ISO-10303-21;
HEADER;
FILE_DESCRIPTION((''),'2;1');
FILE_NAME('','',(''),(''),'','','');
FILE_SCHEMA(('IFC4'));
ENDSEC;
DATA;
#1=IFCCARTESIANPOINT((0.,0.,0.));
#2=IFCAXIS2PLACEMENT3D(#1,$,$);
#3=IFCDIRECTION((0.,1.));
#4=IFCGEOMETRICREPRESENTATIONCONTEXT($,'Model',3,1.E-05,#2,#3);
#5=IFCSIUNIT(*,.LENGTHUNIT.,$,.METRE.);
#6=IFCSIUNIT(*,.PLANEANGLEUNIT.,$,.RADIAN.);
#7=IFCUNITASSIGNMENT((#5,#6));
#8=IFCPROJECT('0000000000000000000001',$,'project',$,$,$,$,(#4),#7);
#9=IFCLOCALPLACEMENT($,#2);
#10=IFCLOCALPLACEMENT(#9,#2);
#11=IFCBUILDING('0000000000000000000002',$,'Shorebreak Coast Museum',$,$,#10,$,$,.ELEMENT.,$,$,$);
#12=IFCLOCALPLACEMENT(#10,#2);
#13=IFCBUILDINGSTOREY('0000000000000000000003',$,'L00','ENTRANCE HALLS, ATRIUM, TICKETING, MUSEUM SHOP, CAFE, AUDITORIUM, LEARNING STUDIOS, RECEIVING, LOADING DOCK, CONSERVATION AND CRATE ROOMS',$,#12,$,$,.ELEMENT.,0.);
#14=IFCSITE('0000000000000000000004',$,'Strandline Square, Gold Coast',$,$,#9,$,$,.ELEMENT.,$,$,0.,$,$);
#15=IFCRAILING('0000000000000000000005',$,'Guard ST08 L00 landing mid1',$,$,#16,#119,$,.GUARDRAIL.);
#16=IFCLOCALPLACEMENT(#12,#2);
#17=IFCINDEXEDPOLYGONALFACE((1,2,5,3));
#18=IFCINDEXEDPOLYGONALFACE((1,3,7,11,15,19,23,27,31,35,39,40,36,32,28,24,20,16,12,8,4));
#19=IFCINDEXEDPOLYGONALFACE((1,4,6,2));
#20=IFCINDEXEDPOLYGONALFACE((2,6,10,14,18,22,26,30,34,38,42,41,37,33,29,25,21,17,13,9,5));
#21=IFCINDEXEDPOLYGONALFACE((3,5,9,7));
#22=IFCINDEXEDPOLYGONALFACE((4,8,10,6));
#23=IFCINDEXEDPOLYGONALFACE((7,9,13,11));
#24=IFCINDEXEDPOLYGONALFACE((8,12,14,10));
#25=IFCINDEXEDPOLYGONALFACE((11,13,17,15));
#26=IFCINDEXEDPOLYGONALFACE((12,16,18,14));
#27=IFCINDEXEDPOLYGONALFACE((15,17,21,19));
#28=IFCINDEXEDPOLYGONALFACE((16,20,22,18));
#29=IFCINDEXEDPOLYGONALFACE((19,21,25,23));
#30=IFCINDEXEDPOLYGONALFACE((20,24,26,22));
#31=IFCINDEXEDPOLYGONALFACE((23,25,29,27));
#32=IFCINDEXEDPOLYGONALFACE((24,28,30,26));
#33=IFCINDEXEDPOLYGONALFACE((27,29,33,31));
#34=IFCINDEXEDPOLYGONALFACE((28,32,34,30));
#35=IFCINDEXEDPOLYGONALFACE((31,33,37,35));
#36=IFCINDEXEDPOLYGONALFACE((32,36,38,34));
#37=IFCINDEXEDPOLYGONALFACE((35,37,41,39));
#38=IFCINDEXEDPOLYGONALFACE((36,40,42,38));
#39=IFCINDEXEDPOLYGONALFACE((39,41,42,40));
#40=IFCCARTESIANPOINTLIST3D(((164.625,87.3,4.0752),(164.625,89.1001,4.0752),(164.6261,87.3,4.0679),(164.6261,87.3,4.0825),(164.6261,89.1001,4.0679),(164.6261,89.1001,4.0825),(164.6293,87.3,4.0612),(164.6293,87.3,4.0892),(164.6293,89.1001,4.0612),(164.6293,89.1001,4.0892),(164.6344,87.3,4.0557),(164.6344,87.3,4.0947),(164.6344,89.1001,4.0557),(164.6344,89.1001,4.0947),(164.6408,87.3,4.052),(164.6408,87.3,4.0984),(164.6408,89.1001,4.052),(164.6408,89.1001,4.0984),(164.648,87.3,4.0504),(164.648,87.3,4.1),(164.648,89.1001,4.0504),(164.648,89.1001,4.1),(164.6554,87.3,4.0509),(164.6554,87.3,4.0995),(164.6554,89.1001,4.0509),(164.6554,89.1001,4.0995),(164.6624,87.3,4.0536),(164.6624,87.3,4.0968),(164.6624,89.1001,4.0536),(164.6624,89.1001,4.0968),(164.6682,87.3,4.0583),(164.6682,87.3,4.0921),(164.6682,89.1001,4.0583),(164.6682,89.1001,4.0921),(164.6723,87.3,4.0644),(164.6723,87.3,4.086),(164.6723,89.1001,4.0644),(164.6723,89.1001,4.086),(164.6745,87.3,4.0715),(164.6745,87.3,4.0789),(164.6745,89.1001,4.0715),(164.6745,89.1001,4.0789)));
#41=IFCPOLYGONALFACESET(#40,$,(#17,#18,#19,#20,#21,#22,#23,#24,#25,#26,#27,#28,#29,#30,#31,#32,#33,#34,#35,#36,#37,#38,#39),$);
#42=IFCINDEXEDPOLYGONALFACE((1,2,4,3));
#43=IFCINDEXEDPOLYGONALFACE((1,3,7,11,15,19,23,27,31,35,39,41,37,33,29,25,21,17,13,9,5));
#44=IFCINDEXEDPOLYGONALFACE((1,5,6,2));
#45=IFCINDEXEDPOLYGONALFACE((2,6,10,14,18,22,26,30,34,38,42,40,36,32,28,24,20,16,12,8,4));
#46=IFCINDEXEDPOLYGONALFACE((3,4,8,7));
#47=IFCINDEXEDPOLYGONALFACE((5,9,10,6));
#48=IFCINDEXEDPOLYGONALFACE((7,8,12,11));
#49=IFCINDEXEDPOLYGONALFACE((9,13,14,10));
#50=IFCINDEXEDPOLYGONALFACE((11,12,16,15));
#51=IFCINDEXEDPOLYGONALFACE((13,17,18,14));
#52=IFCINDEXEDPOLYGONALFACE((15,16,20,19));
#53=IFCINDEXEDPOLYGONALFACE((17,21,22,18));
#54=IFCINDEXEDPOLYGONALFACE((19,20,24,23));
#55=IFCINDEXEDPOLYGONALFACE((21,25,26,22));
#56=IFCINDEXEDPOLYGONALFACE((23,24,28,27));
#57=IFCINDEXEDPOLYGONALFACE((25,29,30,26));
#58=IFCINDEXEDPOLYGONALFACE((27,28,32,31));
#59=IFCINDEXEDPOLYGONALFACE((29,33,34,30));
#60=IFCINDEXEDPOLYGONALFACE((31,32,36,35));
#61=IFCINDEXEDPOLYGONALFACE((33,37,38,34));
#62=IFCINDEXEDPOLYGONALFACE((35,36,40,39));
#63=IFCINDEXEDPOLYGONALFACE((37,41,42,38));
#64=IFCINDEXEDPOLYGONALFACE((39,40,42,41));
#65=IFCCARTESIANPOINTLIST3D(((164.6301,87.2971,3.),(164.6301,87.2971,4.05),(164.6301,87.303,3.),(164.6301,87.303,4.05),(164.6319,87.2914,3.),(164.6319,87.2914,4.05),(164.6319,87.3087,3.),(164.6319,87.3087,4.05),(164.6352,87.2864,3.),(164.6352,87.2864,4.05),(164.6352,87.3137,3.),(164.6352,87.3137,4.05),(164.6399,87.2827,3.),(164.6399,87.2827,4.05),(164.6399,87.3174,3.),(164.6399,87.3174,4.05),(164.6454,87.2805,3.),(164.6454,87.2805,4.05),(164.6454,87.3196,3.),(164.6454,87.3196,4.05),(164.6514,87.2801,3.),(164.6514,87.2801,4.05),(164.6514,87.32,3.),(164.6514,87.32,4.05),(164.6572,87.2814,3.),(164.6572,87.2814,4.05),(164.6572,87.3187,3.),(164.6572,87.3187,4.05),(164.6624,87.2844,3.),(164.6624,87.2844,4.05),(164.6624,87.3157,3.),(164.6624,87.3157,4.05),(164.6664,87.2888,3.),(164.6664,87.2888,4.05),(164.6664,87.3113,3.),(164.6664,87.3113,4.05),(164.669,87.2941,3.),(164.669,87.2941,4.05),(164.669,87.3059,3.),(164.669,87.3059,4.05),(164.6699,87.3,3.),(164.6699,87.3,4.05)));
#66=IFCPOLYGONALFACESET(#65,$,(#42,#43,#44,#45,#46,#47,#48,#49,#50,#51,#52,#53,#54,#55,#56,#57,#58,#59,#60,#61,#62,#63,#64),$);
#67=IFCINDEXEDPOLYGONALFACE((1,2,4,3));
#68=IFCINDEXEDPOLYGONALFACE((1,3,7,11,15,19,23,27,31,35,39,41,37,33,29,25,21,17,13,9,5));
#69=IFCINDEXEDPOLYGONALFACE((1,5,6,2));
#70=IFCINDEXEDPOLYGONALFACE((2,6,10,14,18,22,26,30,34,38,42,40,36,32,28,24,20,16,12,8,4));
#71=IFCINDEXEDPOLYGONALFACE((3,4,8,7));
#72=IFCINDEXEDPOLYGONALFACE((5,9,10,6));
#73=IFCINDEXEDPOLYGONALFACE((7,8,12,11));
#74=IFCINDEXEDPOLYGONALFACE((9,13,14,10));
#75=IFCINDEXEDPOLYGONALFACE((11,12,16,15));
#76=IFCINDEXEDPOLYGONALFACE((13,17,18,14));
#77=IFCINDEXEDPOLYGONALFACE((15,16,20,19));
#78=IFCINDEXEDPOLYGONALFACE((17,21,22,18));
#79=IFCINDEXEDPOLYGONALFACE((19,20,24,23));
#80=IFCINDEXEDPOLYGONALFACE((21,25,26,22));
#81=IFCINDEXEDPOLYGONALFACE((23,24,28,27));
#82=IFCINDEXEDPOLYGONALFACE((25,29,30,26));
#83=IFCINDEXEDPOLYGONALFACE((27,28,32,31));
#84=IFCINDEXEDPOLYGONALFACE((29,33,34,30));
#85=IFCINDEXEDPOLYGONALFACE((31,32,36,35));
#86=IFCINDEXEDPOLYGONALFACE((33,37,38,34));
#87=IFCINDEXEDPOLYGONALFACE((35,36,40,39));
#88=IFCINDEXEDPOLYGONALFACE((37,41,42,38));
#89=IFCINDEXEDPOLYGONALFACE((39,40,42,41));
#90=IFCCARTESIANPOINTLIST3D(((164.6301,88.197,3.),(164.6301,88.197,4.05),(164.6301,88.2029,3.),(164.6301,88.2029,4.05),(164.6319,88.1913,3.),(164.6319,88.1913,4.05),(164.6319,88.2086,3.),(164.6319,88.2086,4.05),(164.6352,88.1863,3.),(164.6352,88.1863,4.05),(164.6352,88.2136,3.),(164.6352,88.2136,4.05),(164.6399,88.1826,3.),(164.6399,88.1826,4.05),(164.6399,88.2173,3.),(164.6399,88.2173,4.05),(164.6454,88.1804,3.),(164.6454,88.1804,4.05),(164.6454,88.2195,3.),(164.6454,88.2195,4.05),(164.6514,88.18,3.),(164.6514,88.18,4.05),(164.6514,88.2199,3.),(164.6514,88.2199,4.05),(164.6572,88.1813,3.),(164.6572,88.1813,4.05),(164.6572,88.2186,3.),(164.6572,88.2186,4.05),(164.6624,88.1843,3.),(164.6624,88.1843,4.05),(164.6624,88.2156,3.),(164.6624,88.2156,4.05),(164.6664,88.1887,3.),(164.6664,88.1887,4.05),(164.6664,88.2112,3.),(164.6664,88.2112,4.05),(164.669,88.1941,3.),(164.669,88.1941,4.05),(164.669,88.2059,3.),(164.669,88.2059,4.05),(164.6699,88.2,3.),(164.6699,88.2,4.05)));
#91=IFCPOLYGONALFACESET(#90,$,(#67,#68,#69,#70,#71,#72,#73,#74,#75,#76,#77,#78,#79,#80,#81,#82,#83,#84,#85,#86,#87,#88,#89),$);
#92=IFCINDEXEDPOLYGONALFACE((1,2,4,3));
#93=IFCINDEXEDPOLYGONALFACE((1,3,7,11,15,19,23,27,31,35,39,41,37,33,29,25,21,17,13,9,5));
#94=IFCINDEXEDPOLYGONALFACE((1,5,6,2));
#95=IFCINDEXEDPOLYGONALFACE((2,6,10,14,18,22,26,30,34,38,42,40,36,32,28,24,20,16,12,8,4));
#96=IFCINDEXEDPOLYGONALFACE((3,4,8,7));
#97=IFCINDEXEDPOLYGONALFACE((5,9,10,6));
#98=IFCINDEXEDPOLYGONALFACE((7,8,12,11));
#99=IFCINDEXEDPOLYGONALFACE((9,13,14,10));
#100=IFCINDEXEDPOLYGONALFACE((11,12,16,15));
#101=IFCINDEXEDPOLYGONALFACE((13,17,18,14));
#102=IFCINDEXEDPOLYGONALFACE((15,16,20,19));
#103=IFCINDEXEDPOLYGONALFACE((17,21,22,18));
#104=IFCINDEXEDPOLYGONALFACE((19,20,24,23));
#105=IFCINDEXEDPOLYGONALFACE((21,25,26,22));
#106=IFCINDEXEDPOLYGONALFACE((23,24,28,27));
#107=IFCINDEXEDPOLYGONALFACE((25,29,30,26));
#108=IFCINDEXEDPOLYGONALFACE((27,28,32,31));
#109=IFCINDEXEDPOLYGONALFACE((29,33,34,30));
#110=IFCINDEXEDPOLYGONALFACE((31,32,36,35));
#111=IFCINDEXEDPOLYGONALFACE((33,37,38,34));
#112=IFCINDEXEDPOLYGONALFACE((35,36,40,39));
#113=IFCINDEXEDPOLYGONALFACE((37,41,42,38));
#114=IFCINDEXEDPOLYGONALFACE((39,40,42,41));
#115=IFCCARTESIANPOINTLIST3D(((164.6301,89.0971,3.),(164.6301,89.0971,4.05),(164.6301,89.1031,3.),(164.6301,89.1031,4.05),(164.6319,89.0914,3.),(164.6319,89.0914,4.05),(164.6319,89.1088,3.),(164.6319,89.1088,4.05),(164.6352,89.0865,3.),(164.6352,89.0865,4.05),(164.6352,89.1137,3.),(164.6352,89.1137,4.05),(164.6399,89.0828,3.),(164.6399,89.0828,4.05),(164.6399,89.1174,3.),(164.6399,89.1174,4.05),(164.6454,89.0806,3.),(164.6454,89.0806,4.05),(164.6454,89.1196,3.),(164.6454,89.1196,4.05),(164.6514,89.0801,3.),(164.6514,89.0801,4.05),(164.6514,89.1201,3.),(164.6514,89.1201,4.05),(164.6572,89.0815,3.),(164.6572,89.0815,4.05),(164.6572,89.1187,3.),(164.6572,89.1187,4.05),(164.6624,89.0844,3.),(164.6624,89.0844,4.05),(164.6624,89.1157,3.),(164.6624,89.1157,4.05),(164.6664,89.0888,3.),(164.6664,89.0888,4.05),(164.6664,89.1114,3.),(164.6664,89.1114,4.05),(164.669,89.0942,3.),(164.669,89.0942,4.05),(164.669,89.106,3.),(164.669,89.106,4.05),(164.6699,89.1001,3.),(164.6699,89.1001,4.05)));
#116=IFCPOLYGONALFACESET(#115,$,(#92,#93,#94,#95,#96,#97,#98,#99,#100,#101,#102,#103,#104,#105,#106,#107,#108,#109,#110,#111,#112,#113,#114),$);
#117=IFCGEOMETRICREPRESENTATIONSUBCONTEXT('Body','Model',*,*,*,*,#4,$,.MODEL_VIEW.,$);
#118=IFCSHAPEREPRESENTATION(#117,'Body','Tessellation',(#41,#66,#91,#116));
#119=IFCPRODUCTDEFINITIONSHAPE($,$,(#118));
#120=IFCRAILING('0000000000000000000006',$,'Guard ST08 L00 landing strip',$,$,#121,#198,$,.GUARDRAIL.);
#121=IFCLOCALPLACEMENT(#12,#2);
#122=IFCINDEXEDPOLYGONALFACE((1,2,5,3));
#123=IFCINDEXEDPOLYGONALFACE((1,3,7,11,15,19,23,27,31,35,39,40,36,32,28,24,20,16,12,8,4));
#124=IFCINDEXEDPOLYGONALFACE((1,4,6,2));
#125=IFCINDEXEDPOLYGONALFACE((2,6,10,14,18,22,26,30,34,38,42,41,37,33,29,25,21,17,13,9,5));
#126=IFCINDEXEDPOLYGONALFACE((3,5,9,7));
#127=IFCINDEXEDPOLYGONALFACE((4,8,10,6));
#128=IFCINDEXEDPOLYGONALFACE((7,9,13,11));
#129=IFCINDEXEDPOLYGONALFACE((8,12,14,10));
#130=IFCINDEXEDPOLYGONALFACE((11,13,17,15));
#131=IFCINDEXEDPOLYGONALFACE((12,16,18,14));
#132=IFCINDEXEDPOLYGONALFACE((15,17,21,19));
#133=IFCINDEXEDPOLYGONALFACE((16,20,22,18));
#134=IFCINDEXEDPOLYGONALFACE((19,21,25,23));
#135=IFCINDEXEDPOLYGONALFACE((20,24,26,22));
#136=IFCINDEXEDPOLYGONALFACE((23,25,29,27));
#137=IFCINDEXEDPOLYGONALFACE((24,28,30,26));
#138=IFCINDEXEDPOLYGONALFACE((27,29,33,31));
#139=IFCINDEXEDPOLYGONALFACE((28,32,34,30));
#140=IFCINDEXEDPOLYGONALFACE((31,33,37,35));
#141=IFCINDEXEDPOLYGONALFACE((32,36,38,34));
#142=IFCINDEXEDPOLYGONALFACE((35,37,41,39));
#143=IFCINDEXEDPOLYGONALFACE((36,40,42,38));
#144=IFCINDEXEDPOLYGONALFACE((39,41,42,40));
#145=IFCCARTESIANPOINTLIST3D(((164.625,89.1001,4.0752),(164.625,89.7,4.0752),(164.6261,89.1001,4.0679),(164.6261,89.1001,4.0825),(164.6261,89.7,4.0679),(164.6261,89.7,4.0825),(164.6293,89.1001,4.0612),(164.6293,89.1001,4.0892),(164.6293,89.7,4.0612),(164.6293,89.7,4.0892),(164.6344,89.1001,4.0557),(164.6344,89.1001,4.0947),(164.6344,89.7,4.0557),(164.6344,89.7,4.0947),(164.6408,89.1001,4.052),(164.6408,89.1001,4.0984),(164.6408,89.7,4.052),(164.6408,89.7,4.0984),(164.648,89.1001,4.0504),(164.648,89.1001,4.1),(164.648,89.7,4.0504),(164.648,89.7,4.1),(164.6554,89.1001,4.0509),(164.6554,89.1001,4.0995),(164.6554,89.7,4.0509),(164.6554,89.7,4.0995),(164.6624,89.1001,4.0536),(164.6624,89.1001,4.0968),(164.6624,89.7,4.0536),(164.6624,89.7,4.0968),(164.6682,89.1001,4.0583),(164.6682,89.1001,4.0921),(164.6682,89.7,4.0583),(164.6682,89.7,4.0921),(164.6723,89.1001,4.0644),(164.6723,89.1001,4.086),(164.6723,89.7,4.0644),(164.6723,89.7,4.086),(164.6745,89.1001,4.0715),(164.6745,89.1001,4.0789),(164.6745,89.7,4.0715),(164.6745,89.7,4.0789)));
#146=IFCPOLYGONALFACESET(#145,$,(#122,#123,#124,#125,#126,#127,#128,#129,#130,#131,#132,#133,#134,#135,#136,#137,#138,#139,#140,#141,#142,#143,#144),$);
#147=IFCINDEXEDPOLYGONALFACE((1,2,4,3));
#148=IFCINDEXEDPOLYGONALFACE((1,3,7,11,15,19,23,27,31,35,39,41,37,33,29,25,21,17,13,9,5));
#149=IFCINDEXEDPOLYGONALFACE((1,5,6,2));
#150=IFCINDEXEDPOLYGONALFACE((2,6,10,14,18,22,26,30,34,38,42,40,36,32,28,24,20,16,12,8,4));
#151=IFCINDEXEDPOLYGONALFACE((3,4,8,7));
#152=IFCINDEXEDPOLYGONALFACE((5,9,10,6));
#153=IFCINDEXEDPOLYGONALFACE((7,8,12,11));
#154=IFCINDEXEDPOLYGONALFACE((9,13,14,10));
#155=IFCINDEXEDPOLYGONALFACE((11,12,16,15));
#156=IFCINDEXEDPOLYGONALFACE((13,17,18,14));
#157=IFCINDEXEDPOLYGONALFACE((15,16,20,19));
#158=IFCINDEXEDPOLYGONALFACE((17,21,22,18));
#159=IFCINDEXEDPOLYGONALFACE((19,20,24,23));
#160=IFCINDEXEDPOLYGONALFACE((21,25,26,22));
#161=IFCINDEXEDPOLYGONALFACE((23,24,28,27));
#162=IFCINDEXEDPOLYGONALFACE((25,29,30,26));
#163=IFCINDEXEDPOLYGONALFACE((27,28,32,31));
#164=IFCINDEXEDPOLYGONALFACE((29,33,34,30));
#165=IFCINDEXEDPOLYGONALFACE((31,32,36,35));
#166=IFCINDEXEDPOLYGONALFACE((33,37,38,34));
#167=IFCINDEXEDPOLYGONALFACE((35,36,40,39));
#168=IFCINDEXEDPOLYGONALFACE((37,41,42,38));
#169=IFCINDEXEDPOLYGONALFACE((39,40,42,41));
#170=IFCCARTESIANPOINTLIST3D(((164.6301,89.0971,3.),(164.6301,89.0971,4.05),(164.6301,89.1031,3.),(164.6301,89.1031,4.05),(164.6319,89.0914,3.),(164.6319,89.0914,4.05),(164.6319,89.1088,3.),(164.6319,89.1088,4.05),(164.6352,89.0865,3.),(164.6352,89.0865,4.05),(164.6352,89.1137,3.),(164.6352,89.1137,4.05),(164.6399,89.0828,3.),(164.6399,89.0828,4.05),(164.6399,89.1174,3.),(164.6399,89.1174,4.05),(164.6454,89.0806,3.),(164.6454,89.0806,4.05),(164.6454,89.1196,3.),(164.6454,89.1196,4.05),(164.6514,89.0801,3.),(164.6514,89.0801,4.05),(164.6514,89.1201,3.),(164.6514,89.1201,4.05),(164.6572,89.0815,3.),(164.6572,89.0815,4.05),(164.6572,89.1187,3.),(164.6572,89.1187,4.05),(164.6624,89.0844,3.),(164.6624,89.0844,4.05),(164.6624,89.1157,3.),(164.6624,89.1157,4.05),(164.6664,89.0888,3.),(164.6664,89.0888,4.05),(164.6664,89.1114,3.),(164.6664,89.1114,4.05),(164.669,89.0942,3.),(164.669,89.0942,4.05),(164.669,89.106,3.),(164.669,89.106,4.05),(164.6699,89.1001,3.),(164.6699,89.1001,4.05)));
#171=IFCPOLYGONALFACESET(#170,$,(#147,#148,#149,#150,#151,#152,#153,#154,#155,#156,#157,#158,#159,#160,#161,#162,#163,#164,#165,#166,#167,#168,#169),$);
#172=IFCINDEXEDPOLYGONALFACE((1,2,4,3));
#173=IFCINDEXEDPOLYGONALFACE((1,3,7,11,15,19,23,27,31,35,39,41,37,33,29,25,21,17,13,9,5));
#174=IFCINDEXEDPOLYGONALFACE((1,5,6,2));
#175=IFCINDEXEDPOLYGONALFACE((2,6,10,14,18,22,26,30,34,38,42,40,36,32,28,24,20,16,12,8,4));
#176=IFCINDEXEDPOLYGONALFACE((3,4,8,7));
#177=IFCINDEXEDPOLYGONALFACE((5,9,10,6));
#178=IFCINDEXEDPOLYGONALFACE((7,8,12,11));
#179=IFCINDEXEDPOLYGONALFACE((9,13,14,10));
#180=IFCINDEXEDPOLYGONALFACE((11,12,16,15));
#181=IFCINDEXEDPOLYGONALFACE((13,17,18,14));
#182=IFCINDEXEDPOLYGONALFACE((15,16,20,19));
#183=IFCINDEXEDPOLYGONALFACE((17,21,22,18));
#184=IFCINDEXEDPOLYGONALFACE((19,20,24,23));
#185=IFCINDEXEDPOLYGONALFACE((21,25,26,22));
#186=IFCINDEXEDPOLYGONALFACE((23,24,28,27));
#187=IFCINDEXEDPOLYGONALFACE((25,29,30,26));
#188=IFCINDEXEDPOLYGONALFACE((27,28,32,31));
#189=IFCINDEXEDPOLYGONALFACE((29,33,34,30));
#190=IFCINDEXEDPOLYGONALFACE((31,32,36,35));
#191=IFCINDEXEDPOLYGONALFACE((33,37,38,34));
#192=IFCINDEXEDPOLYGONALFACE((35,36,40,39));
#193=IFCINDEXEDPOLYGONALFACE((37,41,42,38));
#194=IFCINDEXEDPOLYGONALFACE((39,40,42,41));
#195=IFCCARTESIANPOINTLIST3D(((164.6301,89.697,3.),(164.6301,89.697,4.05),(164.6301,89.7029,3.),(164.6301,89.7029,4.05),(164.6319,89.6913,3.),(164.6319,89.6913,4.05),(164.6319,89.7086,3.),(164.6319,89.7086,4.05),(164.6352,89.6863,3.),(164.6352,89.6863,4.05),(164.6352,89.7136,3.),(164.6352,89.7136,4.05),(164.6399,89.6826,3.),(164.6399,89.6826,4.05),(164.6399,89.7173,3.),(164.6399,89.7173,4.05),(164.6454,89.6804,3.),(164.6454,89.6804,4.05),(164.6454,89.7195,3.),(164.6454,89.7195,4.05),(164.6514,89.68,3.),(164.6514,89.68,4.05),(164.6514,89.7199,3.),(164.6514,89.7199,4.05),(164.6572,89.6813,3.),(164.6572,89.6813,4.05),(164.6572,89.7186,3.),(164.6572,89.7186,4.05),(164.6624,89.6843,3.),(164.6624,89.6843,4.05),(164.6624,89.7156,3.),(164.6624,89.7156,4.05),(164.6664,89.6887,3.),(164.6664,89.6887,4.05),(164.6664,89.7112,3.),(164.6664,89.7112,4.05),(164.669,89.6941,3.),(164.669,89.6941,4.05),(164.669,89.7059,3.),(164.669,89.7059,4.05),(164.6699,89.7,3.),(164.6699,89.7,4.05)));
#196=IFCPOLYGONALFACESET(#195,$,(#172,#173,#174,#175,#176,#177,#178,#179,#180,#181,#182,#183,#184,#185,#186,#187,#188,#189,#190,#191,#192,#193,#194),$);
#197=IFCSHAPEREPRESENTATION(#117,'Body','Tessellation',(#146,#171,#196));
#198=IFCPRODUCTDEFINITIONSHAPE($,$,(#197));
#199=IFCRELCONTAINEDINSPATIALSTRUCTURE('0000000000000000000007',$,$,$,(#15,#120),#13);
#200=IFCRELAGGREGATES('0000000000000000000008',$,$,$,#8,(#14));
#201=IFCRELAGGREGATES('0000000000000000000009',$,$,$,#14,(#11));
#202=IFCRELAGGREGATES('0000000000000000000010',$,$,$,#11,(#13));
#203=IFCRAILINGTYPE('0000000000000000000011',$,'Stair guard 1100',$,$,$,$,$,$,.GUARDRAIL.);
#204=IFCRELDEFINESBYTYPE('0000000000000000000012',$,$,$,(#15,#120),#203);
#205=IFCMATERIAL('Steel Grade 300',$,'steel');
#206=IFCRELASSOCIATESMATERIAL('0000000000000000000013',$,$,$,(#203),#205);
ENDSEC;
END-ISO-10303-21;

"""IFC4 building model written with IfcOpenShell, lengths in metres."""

from ifc_helpers import new_model, si_unit, direction, frame, origin, origin_2d, place, context, subcontext, project, spatial, circle, extrude, material, type_object, element, save


model = new_model("IFC4")

# Units and contexts
model_context = context("Model", 3, precision=1e-05, world=origin(), true_north=direction((0.0, 1.0)))
body_context = subcontext(model_context, "Body", "Model", "MODEL_VIEW")
ifc_project = project(units=[si_unit("LENGTHUNIT", "METRE"), si_unit("PLANEANGLEUNIT", "RADIAN")], contexts=[model_context])

# Site, building, storey
site_placement = place(None, origin())
site = spatial("IfcSite", under=ifc_project, at=site_placement, Name="Strandline Square, Gold Coast", CompositionType="ELEMENT", RefElevation=0.0)
building_placement = place(site_placement, origin())
building = spatial("IfcBuilding", under=site, at=building_placement, Name="Shorebreak Coast Museum", CompositionType="ELEMENT")
storey_placement = place(building_placement, origin())
storey = spatial("IfcBuildingStorey", under=building, at=storey_placement, Name="L00", Description="ENTRANCE HALLS, ATRIUM, TICKETING, MUSEUM SHOP, CAFE, AUDITORIUM, LEARNING STUDIOS, RECEIVING, LOADING DOCK, CONSERVATION AND CRATE ROOMS", CompositionType="ELEMENT", Elevation=0.0)

# Railings
ifc_material_1 = material(Name="Steel Grade 300", Category="steel")
railing_type_1 = type_object("IfcRailingType", Name="Stair guard 1100", PredefinedType="GUARDRAIL", material=ifc_material_1)
for number, where, name in (
    (1, (164.6499, 87.3, 3.0), "Guard ST08 L00 landing mid1"),
):
    element("IfcRailing", number, at=place(storey_placement, frame(where)), inside=storey, type_object=railing_type_1, Name=name, PredefinedType="GUARDRAIL", context=body_context, shape_type="SweptSolid", body=[
        extrude(circle(Radius=0.0249, at=origin_2d()), frame((0.0, 0.0, 1.0752), z_axis=(0.0, 1.0, 0.0), x_axis=(-1.0, 0.0, 0.0)), (0.0, 0.0, 1.0), 1.8),
        extrude(circle(Radius=0.02, at=origin_2d()), origin(), (0.0, 0.0, 1.0), 1.05),
        extrude(circle(Radius=0.02, at=origin_2d()), frame((0.0, 0.8999, 0.0)), (0.0, 0.0, 1.0), 1.05),
        extrude(circle(Radius=0.02, at=origin_2d()), frame((0.0, 1.8, 0.0)), (0.0, 0.0, 1.0), 1.05),
    ])
railing_placement = place(storey_placement, frame((164.6499, 89.1001, 3.0)))
element("IfcRailing", 2, at=railing_placement, inside=storey, type_object=railing_type_1, Name="Guard ST08 L00 landing strip", PredefinedType="GUARDRAIL", context=body_context, shape_type="SweptSolid", body=[
    extrude(circle(Radius=0.0249, at=origin_2d()), frame((0.0, 0.0, 1.0752), z_axis=(0.0, 1.0, 0.0), x_axis=(-1.0, 0.0, 0.0)), (0.0, 0.0, 1.0), 0.5999),
    extrude(circle(Radius=0.02, at=origin_2d()), origin(), (0.0, 0.0, 1.0), 1.05),
    extrude(circle(Radius=0.02, at=origin_2d()), frame((0.0, 0.5999, 0.0)), (0.0, 0.0, 1.0), 1.05),
])

save(model, "model.ifc")
